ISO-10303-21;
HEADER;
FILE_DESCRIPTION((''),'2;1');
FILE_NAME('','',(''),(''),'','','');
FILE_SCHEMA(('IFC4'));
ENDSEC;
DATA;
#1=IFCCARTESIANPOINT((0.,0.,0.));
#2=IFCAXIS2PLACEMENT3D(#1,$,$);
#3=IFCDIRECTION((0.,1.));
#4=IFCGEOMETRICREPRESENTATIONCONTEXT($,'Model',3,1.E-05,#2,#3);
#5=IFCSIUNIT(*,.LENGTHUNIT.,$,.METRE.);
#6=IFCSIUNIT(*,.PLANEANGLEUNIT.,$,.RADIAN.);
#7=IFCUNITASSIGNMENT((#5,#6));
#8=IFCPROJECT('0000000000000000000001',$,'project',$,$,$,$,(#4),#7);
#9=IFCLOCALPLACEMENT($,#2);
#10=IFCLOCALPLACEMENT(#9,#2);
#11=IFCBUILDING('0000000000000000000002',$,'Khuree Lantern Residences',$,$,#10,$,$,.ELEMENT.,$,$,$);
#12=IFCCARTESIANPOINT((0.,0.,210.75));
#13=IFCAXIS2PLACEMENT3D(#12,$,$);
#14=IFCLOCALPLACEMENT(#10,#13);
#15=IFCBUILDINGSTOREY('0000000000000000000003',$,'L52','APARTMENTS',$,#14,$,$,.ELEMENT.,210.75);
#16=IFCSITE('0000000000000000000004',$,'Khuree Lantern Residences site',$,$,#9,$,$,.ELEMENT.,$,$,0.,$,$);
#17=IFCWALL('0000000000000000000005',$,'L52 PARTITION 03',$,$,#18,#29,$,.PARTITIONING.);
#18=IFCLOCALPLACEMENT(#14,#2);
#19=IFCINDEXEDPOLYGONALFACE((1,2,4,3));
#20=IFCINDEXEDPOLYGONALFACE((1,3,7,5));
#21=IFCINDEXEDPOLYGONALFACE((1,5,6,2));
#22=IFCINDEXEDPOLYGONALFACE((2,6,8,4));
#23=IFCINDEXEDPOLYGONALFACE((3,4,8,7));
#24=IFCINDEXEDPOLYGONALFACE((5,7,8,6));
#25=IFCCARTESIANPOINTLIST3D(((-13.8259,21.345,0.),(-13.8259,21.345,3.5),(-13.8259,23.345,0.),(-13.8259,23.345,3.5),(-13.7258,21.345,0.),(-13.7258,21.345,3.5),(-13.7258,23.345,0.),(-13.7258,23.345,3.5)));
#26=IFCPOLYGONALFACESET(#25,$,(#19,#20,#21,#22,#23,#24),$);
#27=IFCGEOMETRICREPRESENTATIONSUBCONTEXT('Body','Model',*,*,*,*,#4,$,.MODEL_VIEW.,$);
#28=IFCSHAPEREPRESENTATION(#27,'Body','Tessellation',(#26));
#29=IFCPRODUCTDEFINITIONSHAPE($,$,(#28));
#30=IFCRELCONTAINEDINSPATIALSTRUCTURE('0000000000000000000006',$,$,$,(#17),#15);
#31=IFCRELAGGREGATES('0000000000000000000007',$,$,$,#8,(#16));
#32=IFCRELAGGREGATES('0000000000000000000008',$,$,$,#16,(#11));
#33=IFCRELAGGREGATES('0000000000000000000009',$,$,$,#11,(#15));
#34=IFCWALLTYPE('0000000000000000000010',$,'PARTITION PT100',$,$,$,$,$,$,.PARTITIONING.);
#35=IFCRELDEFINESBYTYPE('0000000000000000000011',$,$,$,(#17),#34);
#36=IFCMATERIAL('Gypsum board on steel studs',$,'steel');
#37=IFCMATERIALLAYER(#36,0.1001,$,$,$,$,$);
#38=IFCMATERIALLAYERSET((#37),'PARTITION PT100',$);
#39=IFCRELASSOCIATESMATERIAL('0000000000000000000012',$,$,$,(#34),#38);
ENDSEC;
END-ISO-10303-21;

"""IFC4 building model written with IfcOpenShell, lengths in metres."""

from ifc_helpers import new_model, si_unit, direction, frame, frame_2d, origin, place, context, subcontext, project, spatial, rectangle, extrude, material, layer, layer_set, type_object, element, save


model = new_model("IFC4")

# Units and contexts
model_context = context("Model", 3, precision=1e-05, world=origin(), true_north=direction((0.0, 1.0)))
body_context = subcontext(model_context, "Body", "Model", "MODEL_VIEW")
ifc_project = project(units=[si_unit("LENGTHUNIT", "METRE"), si_unit("PLANEANGLEUNIT", "RADIAN")], contexts=[model_context])

# Site, building, storey
site_placement = place(None, origin())
site = spatial("IfcSite", under=ifc_project, at=site_placement, Name="Khuree Lantern Residences site", CompositionType="ELEMENT", RefElevation=0.0)
building_placement = place(site_placement, origin())
building = spatial("IfcBuilding", under=site, at=building_placement, Name="Khuree Lantern Residences", CompositionType="ELEMENT")
storey_placement = place(building_placement, frame((0.0, 0.0, 210.75)))
storey = spatial("IfcBuildingStorey", under=building, at=storey_placement, Name="L52", Description="APARTMENTS", CompositionType="ELEMENT", Elevation=210.75)

# Shared definitions
ifc_material_1 = material(Name="Gypsum board on steel studs", Category="steel")
ifc_layer_1 = layer(ifc_material_1, 0.1001)
ifc_layer_set_1 = layer_set([ifc_layer_1], Name="PARTITION PT100")
wall_type_1 = type_object("IfcWallType", Name="PARTITION PT100", PredefinedType="PARTITIONING", material=ifc_layer_set_1)

# Wall
wall_1_placement = place(storey_placement, frame((-13.7759, 21.345, 0.0), z_axis=(0.0, 0.0, 1.0), x_axis=(0.0, 1.0, 0.0)))
element("IfcWall", 1, at=wall_1_placement, inside=storey, type_object=wall_type_1, Name="L52 PARTITION 03", PredefinedType="PARTITIONING", context=body_context, shape_type="SweptSolid", body=[
    extrude(rectangle(XDim=2.0, YDim=0.1001, at=frame_2d((1.0, 0.0))), origin(), (0.0, 0.0, 1.0), 3.5),
])

save(model, "model.ifc")
